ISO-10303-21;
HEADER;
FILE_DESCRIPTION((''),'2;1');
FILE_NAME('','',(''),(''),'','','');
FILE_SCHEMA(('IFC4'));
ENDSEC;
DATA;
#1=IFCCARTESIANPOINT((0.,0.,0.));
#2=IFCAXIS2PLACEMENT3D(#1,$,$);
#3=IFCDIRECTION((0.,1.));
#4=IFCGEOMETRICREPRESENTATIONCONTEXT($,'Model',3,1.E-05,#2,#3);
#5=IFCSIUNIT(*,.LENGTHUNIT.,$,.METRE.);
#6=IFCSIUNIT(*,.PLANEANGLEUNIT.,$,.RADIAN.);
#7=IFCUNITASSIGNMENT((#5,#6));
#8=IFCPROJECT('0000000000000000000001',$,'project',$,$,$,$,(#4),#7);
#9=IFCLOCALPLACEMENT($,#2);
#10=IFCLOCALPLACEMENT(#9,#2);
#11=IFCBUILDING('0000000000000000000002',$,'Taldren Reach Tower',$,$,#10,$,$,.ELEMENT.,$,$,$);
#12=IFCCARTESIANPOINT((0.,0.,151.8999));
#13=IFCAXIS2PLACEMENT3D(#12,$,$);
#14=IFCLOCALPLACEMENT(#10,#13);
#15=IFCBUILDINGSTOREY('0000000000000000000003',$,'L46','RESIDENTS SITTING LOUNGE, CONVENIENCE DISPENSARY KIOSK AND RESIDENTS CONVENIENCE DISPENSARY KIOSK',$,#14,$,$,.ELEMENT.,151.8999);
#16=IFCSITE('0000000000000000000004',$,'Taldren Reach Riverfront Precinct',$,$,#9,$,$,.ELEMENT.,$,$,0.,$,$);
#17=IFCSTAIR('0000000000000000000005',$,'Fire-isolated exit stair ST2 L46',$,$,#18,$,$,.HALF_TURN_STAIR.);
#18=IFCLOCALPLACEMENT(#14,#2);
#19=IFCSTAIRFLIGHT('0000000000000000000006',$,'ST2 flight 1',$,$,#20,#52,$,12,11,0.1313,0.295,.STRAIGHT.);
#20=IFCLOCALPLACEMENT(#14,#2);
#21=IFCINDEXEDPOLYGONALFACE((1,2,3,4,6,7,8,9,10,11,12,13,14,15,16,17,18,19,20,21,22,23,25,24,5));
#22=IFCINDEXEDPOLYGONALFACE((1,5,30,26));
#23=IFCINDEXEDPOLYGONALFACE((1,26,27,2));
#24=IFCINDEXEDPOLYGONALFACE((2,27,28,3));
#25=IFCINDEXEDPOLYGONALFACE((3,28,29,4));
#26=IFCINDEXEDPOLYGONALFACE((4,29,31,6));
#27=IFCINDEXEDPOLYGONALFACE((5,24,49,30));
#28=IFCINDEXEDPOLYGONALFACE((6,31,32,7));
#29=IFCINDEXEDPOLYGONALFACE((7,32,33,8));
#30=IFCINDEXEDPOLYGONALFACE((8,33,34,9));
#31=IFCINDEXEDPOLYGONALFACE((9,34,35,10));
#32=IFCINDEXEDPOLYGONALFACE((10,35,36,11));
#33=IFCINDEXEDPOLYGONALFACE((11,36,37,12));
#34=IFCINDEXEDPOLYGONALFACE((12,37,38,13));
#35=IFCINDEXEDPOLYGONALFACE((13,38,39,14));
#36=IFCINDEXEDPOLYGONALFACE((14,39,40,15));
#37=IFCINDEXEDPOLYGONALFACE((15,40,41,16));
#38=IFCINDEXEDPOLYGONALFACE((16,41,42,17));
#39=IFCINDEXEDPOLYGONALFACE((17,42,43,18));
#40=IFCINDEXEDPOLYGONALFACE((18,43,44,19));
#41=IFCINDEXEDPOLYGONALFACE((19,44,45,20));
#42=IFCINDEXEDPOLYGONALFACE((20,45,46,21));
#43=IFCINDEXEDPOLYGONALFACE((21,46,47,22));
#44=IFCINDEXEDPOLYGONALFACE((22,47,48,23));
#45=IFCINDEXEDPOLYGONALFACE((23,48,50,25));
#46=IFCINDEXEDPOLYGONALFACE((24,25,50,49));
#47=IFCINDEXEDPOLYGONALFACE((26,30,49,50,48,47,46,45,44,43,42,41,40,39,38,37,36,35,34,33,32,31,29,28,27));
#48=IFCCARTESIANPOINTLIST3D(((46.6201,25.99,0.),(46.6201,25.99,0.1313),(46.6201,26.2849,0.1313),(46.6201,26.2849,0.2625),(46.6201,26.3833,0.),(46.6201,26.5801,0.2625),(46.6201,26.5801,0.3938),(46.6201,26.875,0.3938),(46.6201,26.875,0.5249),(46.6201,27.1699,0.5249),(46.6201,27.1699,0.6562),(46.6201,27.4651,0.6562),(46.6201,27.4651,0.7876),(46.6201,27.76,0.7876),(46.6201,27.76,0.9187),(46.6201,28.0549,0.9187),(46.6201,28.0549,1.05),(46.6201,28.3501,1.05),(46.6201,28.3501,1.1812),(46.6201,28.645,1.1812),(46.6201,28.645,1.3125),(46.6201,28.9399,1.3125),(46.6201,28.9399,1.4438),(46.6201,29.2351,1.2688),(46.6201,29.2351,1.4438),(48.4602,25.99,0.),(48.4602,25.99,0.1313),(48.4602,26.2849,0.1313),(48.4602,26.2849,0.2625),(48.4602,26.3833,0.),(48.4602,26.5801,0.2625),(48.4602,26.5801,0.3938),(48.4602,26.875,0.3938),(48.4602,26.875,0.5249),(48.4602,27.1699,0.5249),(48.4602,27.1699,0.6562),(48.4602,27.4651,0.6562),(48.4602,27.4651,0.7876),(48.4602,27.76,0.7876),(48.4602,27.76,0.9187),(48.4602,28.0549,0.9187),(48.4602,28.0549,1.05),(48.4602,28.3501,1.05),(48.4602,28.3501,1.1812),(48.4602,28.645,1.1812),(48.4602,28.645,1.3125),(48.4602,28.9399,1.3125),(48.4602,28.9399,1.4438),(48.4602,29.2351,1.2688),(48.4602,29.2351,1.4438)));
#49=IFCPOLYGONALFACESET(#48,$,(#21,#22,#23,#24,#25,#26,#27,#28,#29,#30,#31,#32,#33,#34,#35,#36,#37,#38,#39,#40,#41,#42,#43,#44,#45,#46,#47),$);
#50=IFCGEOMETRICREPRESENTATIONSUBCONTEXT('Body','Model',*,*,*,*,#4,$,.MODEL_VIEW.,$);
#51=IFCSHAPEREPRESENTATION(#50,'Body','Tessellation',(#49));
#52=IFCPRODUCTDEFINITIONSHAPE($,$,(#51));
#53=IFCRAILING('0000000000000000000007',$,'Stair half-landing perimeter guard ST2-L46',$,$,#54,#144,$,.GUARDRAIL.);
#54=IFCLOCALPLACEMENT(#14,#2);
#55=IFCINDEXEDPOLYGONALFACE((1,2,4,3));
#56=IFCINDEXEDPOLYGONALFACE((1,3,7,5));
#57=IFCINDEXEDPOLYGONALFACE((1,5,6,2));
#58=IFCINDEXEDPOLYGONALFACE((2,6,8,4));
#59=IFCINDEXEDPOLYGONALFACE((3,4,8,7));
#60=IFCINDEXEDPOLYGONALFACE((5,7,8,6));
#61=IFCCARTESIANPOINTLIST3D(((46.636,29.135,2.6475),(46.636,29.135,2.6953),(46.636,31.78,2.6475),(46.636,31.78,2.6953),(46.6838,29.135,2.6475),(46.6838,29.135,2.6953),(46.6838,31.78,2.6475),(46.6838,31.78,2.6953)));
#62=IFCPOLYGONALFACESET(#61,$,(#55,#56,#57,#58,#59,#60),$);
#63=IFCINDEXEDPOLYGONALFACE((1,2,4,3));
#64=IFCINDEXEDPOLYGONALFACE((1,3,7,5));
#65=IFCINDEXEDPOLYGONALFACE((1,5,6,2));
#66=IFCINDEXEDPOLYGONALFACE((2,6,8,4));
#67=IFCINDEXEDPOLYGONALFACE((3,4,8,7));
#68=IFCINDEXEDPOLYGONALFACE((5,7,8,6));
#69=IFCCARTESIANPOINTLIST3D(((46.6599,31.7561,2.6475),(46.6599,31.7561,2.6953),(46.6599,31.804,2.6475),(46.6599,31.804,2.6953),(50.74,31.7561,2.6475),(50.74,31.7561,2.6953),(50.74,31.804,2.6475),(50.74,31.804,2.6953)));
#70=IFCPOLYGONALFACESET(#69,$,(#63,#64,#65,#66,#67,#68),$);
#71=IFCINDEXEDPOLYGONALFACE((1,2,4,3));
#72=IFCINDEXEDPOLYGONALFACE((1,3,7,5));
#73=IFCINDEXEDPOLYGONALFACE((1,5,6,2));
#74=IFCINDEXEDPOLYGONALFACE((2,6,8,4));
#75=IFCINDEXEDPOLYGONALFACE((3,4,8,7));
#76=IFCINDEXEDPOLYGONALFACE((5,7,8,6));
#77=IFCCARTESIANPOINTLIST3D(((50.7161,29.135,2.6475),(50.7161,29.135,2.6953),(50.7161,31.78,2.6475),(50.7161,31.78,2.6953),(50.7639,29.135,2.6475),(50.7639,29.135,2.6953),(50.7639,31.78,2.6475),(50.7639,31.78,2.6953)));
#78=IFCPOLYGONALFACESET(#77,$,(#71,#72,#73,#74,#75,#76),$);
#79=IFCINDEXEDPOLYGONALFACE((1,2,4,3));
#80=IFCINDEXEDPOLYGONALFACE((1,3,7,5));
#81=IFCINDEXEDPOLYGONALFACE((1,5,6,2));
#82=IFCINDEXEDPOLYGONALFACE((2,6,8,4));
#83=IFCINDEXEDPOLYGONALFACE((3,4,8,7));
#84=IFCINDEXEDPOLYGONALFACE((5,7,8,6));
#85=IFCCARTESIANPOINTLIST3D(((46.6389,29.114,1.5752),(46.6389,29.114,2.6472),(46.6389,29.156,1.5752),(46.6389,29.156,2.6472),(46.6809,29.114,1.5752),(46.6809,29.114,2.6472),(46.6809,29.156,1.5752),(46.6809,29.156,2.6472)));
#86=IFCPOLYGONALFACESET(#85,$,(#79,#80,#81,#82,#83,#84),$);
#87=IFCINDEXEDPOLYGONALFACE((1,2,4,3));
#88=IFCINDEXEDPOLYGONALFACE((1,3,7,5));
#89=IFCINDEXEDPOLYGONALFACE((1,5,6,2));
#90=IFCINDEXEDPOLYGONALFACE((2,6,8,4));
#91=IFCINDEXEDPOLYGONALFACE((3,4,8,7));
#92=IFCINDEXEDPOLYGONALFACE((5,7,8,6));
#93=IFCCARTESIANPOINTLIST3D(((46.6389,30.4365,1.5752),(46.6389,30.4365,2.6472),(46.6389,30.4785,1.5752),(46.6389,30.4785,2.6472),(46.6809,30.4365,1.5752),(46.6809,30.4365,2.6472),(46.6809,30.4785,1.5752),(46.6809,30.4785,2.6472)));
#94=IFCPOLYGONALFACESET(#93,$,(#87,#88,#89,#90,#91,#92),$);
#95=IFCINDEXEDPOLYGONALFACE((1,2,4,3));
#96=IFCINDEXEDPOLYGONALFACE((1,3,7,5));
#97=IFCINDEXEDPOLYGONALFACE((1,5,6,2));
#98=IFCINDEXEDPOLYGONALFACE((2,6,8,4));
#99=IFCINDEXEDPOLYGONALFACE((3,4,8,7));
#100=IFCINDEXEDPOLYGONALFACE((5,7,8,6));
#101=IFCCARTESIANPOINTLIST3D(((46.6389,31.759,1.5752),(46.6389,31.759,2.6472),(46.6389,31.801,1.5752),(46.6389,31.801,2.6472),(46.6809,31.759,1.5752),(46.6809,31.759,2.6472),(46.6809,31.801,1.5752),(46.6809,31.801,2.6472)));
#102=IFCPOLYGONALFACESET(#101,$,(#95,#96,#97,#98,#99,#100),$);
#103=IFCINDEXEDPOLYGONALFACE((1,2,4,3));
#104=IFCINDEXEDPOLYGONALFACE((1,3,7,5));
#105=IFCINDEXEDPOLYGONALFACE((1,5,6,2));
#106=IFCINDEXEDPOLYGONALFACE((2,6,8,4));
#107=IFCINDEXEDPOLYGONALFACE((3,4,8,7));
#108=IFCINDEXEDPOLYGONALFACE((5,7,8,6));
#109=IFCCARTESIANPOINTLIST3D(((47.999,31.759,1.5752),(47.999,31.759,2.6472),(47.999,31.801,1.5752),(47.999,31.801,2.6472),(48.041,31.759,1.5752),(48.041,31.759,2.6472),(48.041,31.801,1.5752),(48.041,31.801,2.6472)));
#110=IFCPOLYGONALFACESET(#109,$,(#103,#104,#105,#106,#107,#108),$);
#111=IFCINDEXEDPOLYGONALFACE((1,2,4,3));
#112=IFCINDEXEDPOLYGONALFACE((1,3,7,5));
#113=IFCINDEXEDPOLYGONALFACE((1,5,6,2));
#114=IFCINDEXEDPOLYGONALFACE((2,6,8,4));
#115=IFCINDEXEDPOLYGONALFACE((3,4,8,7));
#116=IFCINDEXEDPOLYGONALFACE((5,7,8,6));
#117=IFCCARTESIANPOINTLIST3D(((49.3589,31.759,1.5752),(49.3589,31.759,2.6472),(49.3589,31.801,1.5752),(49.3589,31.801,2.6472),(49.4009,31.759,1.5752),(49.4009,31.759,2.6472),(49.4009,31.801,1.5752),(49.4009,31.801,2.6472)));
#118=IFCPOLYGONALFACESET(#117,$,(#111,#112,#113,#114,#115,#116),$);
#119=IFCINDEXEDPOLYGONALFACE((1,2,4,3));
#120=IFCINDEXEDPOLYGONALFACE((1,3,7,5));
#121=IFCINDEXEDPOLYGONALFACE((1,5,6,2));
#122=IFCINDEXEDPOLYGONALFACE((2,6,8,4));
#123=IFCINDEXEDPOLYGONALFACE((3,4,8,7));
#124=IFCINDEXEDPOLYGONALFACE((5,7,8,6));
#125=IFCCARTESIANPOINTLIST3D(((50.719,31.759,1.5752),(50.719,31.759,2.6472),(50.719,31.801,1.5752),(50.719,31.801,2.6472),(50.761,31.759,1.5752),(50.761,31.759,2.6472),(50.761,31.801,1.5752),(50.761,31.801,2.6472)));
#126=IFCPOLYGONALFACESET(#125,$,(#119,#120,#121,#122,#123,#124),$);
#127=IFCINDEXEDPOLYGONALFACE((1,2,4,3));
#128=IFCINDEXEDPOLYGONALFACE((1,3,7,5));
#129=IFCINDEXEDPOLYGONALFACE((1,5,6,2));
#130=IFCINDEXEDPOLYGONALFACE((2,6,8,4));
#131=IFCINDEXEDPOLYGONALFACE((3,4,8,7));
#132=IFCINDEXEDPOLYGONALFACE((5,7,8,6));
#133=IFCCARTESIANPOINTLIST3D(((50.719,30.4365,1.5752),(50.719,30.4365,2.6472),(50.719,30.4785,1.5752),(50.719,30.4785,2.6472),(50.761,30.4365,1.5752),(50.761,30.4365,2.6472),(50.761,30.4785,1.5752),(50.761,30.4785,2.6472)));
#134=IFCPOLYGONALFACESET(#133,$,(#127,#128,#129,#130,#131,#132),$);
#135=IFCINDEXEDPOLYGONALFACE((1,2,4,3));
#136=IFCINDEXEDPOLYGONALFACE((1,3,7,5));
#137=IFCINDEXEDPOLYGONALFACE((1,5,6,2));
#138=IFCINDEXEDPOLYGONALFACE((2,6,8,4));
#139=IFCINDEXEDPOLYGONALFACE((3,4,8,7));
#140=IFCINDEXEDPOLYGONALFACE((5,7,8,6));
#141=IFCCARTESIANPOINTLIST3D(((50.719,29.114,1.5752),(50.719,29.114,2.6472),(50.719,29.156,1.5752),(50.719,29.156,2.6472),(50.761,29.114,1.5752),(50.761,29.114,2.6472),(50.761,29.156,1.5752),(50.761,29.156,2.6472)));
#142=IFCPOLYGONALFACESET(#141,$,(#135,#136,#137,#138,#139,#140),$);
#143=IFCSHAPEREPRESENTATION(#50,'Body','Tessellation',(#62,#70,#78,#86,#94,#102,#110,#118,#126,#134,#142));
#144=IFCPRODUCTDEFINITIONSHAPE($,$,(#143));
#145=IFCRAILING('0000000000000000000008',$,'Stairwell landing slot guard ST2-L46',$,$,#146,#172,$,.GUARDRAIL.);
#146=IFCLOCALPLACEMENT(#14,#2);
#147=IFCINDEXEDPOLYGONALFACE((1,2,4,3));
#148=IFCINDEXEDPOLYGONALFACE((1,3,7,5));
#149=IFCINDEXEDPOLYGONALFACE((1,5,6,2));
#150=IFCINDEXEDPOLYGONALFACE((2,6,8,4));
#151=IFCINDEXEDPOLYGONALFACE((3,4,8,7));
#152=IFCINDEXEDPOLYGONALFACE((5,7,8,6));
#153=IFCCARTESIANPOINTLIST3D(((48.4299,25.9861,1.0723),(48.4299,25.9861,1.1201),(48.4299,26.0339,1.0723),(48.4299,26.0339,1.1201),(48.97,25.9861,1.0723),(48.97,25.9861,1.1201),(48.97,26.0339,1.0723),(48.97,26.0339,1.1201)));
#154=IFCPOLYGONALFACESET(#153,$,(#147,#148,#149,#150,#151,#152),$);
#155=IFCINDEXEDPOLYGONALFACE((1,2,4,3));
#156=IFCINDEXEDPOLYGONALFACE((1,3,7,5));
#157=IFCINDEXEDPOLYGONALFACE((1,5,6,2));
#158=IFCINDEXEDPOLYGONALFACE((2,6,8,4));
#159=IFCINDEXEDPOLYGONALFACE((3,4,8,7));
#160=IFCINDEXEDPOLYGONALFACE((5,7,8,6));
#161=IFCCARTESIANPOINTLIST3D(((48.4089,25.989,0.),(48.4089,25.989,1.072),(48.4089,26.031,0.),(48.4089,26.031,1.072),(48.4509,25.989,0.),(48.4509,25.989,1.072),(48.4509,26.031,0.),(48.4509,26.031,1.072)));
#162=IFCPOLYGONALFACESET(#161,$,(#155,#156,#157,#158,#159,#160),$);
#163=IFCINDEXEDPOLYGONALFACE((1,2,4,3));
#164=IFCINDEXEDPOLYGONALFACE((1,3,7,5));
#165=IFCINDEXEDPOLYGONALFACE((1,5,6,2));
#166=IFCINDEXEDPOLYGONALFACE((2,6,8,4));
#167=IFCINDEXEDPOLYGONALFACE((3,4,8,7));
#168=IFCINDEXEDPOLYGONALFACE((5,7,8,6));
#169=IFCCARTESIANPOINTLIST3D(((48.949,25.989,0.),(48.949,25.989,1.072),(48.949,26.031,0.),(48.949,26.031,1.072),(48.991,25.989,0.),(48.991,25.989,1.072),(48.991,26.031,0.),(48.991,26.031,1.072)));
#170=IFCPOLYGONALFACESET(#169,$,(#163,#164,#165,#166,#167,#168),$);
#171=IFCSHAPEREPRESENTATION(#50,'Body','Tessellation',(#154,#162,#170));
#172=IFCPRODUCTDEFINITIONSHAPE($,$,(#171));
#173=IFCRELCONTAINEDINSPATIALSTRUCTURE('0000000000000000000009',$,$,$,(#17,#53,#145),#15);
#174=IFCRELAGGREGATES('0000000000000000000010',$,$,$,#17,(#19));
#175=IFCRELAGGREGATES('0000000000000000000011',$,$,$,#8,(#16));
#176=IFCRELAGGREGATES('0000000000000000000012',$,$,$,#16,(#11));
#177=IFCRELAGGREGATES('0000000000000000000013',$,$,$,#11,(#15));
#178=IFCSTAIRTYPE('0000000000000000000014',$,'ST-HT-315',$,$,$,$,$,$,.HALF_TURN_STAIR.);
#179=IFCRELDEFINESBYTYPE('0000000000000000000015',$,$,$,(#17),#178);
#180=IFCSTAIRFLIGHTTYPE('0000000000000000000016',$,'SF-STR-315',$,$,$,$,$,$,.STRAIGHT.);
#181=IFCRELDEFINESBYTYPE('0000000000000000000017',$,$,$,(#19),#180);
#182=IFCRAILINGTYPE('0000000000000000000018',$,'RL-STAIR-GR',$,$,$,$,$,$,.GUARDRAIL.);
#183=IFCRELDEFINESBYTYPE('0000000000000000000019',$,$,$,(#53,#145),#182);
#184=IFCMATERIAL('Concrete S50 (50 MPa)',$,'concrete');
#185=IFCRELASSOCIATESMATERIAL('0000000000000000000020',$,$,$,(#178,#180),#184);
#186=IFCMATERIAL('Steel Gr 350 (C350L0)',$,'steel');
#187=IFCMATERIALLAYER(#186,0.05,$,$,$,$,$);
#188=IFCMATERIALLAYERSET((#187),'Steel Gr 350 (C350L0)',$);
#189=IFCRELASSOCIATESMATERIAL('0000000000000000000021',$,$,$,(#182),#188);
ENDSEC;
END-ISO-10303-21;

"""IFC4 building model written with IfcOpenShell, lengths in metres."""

from ifc_helpers import new_model, si_unit, direction, frame, origin, origin_2d, place, context, subcontext, project, spatial, polyline, rectangle, outline, extrude, material, layer, layer_set, type_object, element, aggregate, save


model = new_model("IFC4")

# Units and contexts
model_context = context("Model", 3, precision=1e-05, world=origin(), true_north=direction((0.0, 1.0)))
body_context = subcontext(model_context, "Body", "Model", "MODEL_VIEW")
ifc_project = project(units=[si_unit("LENGTHUNIT", "METRE"), si_unit("PLANEANGLEUNIT", "RADIAN")], contexts=[model_context])

# Site, building, storey
site_placement = place(None, origin())
site = spatial("IfcSite", under=ifc_project, at=site_placement, Name="Taldren Reach Riverfront Precinct", CompositionType="ELEMENT", RefElevation=0.0)
building_placement = place(site_placement, origin())
building = spatial("IfcBuilding", under=site, at=building_placement, Name="Taldren Reach Tower", CompositionType="ELEMENT")
storey_placement = place(building_placement, frame((0.0, 0.0, 151.8999)))
storey = spatial("IfcBuildingStorey", under=building, at=storey_placement, Name="L46", Description="RESIDENTS SITTING LOUNGE, CONVENIENCE DISPENSARY KIOSK AND RESIDENTS CONVENIENCE DISPENSARY KIOSK", CompositionType="ELEMENT", Elevation=151.8999)

# Shared definitions
ifc_material_1 = material(Name="Steel Gr 350 (C350L0)", Category="steel")

# Shared definitions
ifc_material_2 = material(Name="Concrete S50 (50 MPa)", Category="concrete")

# Stair, stair flight
stair_type = type_object("IfcStairType", Name="ST-HT-315", PredefinedType="HALF_TURN_STAIR", material=ifc_material_2)
stair_placement = place(storey_placement, origin())
stair = element("IfcStair", 1, at=stair_placement, inside=storey, type_object=stair_type, Name="Fire-isolated exit stair ST2 L46", PredefinedType="HALF_TURN_STAIR")
stair_flight_type = type_object("IfcStairFlightType", Name="SF-STR-315", PredefinedType="STRAIGHT", material=ifc_material_2)
stair_flight_placement = place(storey_placement, frame((47.54, 25.99, 0.0), z_axis=(0.0, 0.0, 1.0), x_axis=(0.0, 1.0, 0.0)))
stair_flight = element("IfcStairFlight", 2, at=stair_flight_placement, type_object=stair_flight_type, Name="ST2 flight 1", NumberOfRisers=12, NumberOfTreads=11, PredefinedType="STRAIGHT", RiserHeight=0.1313, TreadLength=0.295, context=body_context, shape_type="SweptSolid", body=[
    extrude(outline(polyline([(0.0, 0.0), (0.0, 0.1313), (0.2949, 0.1313), (0.2949, 0.2625), (0.5901, 0.2625), (0.5901, 0.3938), (0.885, 0.3938), (0.885, 0.5249), (1.1799, 0.5249), (1.1799, 0.6562), (1.4751, 0.6562), (1.4751, 0.7876), (1.77, 0.7876), (1.77, 0.9187), (2.0649, 0.9187), (2.0649, 1.05), (2.3601, 1.05), (2.3601, 1.1812), (2.655, 1.1812), (2.655, 1.3125), (2.95, 1.3125), (2.95, 1.4438), (3.2451, 1.4438), (3.2451, 1.575), (3.2451, 1.2688), (0.3933, 0.0), (0.0, 0.0)])), frame((0.0, 0.9199, 0.0), z_axis=(0.0, -1.0, 0.0), x_axis=(1.0, 0.0, 0.0)), (0.0, 0.0, 1.0), 1.8401),
])
aggregate(stair, [stair_flight])

# Railings
ifc_layer_1 = layer(ifc_material_1, 0.05)
ifc_layer_set_1 = layer_set([ifc_layer_1], Name="Steel Gr 350 (C350L0)")
railing_type_1 = type_object("IfcRailingType", Name="RL-STAIR-GR", PredefinedType="GUARDRAIL", material=ifc_layer_set_1)
railing_1_placement = place(storey_placement, frame((46.6599, 29.135, 1.5752)))
element("IfcRailing", 3, at=railing_1_placement, inside=storey, type_object=railing_type_1, Name="Stair half-landing perimeter guard ST2-L46", PredefinedType="GUARDRAIL", context=body_context, shape_type="SweptSolid", body=[
    extrude(rectangle(XDim=0.0479, YDim=0.0479, at=origin_2d()), frame((0.0, 0.0, 1.0962), z_axis=(0.0, 1.0, 0.0), x_axis=(-1.0, 0.0, 0.0)), (0.0, 0.0, 1.0), 2.645),
    extrude(rectangle(XDim=0.0479, YDim=0.0479, at=origin_2d()), frame((0.0, 2.645, 1.0962), z_axis=(1.0, 0.0, 0.0), x_axis=(0.0, 1.0, 0.0)), (0.0, 0.0, 1.0), 4.0801),
    extrude(rectangle(XDim=0.0479, YDim=0.0479, at=origin_2d()), frame((4.0801, 2.645, 1.0962), z_axis=(0.0, -1.0, 0.0), x_axis=(1.0, 0.0, 0.0)), (0.0, 0.0, 1.0), 2.645),
    extrude(rectangle(XDim=0.042, YDim=0.042, at=origin_2d()), origin(), (0.0, 0.0, 1.0), 1.072),
    extrude(rectangle(XDim=0.042, YDim=0.042, at=origin_2d()), frame((0.0, 1.3225, 0.0)), (0.0, 0.0, 1.0), 1.072),
    extrude(rectangle(XDim=0.042, YDim=0.042, at=origin_2d()), frame((0.0, 2.645, 0.0)), (0.0, 0.0, 1.0), 1.072),
    extrude(rectangle(XDim=0.042, YDim=0.042, at=origin_2d()), frame((1.3601, 2.645, 0.0)), (0.0, 0.0, 1.0), 1.072),
    extrude(rectangle(XDim=0.042, YDim=0.042, at=origin_2d()), frame((2.72, 2.645, 0.0)), (0.0, 0.0, 1.0), 1.072),
    extrude(rectangle(XDim=0.042, YDim=0.042, at=origin_2d()), frame((4.0801, 2.645, 0.0)), (0.0, 0.0, 1.0), 1.072),
    extrude(rectangle(XDim=0.042, YDim=0.042, at=origin_2d()), frame((4.0801, 1.3225, 0.0)), (0.0, 0.0, 1.0), 1.072),
    extrude(rectangle(XDim=0.042, YDim=0.042, at=origin_2d()), frame((4.0801, 0.0, 0.0)), (0.0, 0.0, 1.0), 1.072),
])
railing_2_placement = place(storey_placement, frame((48.4299, 26.01, 0.0)))
element("IfcRailing", 4, at=railing_2_placement, inside=storey, type_object=railing_type_1, Name="Stairwell landing slot guard ST2-L46", PredefinedType="GUARDRAIL", context=body_context, shape_type="SweptSolid", body=[
    extrude(rectangle(XDim=0.0479, YDim=0.0479, at=origin_2d()), frame((0.0, 0.0, 1.0962), z_axis=(1.0, 0.0, 0.0), x_axis=(0.0, 1.0, 0.0)), (0.0, 0.0, 1.0), 0.54),
    extrude(rectangle(XDim=0.042, YDim=0.042, at=origin_2d()), origin(), (0.0, 0.0, 1.0), 1.072),
    extrude(rectangle(XDim=0.042, YDim=0.042, at=origin_2d()), frame((0.54, 0.0, 0.0)), (0.0, 0.0, 1.0), 1.072),
])

save(model, "model.ifc")
